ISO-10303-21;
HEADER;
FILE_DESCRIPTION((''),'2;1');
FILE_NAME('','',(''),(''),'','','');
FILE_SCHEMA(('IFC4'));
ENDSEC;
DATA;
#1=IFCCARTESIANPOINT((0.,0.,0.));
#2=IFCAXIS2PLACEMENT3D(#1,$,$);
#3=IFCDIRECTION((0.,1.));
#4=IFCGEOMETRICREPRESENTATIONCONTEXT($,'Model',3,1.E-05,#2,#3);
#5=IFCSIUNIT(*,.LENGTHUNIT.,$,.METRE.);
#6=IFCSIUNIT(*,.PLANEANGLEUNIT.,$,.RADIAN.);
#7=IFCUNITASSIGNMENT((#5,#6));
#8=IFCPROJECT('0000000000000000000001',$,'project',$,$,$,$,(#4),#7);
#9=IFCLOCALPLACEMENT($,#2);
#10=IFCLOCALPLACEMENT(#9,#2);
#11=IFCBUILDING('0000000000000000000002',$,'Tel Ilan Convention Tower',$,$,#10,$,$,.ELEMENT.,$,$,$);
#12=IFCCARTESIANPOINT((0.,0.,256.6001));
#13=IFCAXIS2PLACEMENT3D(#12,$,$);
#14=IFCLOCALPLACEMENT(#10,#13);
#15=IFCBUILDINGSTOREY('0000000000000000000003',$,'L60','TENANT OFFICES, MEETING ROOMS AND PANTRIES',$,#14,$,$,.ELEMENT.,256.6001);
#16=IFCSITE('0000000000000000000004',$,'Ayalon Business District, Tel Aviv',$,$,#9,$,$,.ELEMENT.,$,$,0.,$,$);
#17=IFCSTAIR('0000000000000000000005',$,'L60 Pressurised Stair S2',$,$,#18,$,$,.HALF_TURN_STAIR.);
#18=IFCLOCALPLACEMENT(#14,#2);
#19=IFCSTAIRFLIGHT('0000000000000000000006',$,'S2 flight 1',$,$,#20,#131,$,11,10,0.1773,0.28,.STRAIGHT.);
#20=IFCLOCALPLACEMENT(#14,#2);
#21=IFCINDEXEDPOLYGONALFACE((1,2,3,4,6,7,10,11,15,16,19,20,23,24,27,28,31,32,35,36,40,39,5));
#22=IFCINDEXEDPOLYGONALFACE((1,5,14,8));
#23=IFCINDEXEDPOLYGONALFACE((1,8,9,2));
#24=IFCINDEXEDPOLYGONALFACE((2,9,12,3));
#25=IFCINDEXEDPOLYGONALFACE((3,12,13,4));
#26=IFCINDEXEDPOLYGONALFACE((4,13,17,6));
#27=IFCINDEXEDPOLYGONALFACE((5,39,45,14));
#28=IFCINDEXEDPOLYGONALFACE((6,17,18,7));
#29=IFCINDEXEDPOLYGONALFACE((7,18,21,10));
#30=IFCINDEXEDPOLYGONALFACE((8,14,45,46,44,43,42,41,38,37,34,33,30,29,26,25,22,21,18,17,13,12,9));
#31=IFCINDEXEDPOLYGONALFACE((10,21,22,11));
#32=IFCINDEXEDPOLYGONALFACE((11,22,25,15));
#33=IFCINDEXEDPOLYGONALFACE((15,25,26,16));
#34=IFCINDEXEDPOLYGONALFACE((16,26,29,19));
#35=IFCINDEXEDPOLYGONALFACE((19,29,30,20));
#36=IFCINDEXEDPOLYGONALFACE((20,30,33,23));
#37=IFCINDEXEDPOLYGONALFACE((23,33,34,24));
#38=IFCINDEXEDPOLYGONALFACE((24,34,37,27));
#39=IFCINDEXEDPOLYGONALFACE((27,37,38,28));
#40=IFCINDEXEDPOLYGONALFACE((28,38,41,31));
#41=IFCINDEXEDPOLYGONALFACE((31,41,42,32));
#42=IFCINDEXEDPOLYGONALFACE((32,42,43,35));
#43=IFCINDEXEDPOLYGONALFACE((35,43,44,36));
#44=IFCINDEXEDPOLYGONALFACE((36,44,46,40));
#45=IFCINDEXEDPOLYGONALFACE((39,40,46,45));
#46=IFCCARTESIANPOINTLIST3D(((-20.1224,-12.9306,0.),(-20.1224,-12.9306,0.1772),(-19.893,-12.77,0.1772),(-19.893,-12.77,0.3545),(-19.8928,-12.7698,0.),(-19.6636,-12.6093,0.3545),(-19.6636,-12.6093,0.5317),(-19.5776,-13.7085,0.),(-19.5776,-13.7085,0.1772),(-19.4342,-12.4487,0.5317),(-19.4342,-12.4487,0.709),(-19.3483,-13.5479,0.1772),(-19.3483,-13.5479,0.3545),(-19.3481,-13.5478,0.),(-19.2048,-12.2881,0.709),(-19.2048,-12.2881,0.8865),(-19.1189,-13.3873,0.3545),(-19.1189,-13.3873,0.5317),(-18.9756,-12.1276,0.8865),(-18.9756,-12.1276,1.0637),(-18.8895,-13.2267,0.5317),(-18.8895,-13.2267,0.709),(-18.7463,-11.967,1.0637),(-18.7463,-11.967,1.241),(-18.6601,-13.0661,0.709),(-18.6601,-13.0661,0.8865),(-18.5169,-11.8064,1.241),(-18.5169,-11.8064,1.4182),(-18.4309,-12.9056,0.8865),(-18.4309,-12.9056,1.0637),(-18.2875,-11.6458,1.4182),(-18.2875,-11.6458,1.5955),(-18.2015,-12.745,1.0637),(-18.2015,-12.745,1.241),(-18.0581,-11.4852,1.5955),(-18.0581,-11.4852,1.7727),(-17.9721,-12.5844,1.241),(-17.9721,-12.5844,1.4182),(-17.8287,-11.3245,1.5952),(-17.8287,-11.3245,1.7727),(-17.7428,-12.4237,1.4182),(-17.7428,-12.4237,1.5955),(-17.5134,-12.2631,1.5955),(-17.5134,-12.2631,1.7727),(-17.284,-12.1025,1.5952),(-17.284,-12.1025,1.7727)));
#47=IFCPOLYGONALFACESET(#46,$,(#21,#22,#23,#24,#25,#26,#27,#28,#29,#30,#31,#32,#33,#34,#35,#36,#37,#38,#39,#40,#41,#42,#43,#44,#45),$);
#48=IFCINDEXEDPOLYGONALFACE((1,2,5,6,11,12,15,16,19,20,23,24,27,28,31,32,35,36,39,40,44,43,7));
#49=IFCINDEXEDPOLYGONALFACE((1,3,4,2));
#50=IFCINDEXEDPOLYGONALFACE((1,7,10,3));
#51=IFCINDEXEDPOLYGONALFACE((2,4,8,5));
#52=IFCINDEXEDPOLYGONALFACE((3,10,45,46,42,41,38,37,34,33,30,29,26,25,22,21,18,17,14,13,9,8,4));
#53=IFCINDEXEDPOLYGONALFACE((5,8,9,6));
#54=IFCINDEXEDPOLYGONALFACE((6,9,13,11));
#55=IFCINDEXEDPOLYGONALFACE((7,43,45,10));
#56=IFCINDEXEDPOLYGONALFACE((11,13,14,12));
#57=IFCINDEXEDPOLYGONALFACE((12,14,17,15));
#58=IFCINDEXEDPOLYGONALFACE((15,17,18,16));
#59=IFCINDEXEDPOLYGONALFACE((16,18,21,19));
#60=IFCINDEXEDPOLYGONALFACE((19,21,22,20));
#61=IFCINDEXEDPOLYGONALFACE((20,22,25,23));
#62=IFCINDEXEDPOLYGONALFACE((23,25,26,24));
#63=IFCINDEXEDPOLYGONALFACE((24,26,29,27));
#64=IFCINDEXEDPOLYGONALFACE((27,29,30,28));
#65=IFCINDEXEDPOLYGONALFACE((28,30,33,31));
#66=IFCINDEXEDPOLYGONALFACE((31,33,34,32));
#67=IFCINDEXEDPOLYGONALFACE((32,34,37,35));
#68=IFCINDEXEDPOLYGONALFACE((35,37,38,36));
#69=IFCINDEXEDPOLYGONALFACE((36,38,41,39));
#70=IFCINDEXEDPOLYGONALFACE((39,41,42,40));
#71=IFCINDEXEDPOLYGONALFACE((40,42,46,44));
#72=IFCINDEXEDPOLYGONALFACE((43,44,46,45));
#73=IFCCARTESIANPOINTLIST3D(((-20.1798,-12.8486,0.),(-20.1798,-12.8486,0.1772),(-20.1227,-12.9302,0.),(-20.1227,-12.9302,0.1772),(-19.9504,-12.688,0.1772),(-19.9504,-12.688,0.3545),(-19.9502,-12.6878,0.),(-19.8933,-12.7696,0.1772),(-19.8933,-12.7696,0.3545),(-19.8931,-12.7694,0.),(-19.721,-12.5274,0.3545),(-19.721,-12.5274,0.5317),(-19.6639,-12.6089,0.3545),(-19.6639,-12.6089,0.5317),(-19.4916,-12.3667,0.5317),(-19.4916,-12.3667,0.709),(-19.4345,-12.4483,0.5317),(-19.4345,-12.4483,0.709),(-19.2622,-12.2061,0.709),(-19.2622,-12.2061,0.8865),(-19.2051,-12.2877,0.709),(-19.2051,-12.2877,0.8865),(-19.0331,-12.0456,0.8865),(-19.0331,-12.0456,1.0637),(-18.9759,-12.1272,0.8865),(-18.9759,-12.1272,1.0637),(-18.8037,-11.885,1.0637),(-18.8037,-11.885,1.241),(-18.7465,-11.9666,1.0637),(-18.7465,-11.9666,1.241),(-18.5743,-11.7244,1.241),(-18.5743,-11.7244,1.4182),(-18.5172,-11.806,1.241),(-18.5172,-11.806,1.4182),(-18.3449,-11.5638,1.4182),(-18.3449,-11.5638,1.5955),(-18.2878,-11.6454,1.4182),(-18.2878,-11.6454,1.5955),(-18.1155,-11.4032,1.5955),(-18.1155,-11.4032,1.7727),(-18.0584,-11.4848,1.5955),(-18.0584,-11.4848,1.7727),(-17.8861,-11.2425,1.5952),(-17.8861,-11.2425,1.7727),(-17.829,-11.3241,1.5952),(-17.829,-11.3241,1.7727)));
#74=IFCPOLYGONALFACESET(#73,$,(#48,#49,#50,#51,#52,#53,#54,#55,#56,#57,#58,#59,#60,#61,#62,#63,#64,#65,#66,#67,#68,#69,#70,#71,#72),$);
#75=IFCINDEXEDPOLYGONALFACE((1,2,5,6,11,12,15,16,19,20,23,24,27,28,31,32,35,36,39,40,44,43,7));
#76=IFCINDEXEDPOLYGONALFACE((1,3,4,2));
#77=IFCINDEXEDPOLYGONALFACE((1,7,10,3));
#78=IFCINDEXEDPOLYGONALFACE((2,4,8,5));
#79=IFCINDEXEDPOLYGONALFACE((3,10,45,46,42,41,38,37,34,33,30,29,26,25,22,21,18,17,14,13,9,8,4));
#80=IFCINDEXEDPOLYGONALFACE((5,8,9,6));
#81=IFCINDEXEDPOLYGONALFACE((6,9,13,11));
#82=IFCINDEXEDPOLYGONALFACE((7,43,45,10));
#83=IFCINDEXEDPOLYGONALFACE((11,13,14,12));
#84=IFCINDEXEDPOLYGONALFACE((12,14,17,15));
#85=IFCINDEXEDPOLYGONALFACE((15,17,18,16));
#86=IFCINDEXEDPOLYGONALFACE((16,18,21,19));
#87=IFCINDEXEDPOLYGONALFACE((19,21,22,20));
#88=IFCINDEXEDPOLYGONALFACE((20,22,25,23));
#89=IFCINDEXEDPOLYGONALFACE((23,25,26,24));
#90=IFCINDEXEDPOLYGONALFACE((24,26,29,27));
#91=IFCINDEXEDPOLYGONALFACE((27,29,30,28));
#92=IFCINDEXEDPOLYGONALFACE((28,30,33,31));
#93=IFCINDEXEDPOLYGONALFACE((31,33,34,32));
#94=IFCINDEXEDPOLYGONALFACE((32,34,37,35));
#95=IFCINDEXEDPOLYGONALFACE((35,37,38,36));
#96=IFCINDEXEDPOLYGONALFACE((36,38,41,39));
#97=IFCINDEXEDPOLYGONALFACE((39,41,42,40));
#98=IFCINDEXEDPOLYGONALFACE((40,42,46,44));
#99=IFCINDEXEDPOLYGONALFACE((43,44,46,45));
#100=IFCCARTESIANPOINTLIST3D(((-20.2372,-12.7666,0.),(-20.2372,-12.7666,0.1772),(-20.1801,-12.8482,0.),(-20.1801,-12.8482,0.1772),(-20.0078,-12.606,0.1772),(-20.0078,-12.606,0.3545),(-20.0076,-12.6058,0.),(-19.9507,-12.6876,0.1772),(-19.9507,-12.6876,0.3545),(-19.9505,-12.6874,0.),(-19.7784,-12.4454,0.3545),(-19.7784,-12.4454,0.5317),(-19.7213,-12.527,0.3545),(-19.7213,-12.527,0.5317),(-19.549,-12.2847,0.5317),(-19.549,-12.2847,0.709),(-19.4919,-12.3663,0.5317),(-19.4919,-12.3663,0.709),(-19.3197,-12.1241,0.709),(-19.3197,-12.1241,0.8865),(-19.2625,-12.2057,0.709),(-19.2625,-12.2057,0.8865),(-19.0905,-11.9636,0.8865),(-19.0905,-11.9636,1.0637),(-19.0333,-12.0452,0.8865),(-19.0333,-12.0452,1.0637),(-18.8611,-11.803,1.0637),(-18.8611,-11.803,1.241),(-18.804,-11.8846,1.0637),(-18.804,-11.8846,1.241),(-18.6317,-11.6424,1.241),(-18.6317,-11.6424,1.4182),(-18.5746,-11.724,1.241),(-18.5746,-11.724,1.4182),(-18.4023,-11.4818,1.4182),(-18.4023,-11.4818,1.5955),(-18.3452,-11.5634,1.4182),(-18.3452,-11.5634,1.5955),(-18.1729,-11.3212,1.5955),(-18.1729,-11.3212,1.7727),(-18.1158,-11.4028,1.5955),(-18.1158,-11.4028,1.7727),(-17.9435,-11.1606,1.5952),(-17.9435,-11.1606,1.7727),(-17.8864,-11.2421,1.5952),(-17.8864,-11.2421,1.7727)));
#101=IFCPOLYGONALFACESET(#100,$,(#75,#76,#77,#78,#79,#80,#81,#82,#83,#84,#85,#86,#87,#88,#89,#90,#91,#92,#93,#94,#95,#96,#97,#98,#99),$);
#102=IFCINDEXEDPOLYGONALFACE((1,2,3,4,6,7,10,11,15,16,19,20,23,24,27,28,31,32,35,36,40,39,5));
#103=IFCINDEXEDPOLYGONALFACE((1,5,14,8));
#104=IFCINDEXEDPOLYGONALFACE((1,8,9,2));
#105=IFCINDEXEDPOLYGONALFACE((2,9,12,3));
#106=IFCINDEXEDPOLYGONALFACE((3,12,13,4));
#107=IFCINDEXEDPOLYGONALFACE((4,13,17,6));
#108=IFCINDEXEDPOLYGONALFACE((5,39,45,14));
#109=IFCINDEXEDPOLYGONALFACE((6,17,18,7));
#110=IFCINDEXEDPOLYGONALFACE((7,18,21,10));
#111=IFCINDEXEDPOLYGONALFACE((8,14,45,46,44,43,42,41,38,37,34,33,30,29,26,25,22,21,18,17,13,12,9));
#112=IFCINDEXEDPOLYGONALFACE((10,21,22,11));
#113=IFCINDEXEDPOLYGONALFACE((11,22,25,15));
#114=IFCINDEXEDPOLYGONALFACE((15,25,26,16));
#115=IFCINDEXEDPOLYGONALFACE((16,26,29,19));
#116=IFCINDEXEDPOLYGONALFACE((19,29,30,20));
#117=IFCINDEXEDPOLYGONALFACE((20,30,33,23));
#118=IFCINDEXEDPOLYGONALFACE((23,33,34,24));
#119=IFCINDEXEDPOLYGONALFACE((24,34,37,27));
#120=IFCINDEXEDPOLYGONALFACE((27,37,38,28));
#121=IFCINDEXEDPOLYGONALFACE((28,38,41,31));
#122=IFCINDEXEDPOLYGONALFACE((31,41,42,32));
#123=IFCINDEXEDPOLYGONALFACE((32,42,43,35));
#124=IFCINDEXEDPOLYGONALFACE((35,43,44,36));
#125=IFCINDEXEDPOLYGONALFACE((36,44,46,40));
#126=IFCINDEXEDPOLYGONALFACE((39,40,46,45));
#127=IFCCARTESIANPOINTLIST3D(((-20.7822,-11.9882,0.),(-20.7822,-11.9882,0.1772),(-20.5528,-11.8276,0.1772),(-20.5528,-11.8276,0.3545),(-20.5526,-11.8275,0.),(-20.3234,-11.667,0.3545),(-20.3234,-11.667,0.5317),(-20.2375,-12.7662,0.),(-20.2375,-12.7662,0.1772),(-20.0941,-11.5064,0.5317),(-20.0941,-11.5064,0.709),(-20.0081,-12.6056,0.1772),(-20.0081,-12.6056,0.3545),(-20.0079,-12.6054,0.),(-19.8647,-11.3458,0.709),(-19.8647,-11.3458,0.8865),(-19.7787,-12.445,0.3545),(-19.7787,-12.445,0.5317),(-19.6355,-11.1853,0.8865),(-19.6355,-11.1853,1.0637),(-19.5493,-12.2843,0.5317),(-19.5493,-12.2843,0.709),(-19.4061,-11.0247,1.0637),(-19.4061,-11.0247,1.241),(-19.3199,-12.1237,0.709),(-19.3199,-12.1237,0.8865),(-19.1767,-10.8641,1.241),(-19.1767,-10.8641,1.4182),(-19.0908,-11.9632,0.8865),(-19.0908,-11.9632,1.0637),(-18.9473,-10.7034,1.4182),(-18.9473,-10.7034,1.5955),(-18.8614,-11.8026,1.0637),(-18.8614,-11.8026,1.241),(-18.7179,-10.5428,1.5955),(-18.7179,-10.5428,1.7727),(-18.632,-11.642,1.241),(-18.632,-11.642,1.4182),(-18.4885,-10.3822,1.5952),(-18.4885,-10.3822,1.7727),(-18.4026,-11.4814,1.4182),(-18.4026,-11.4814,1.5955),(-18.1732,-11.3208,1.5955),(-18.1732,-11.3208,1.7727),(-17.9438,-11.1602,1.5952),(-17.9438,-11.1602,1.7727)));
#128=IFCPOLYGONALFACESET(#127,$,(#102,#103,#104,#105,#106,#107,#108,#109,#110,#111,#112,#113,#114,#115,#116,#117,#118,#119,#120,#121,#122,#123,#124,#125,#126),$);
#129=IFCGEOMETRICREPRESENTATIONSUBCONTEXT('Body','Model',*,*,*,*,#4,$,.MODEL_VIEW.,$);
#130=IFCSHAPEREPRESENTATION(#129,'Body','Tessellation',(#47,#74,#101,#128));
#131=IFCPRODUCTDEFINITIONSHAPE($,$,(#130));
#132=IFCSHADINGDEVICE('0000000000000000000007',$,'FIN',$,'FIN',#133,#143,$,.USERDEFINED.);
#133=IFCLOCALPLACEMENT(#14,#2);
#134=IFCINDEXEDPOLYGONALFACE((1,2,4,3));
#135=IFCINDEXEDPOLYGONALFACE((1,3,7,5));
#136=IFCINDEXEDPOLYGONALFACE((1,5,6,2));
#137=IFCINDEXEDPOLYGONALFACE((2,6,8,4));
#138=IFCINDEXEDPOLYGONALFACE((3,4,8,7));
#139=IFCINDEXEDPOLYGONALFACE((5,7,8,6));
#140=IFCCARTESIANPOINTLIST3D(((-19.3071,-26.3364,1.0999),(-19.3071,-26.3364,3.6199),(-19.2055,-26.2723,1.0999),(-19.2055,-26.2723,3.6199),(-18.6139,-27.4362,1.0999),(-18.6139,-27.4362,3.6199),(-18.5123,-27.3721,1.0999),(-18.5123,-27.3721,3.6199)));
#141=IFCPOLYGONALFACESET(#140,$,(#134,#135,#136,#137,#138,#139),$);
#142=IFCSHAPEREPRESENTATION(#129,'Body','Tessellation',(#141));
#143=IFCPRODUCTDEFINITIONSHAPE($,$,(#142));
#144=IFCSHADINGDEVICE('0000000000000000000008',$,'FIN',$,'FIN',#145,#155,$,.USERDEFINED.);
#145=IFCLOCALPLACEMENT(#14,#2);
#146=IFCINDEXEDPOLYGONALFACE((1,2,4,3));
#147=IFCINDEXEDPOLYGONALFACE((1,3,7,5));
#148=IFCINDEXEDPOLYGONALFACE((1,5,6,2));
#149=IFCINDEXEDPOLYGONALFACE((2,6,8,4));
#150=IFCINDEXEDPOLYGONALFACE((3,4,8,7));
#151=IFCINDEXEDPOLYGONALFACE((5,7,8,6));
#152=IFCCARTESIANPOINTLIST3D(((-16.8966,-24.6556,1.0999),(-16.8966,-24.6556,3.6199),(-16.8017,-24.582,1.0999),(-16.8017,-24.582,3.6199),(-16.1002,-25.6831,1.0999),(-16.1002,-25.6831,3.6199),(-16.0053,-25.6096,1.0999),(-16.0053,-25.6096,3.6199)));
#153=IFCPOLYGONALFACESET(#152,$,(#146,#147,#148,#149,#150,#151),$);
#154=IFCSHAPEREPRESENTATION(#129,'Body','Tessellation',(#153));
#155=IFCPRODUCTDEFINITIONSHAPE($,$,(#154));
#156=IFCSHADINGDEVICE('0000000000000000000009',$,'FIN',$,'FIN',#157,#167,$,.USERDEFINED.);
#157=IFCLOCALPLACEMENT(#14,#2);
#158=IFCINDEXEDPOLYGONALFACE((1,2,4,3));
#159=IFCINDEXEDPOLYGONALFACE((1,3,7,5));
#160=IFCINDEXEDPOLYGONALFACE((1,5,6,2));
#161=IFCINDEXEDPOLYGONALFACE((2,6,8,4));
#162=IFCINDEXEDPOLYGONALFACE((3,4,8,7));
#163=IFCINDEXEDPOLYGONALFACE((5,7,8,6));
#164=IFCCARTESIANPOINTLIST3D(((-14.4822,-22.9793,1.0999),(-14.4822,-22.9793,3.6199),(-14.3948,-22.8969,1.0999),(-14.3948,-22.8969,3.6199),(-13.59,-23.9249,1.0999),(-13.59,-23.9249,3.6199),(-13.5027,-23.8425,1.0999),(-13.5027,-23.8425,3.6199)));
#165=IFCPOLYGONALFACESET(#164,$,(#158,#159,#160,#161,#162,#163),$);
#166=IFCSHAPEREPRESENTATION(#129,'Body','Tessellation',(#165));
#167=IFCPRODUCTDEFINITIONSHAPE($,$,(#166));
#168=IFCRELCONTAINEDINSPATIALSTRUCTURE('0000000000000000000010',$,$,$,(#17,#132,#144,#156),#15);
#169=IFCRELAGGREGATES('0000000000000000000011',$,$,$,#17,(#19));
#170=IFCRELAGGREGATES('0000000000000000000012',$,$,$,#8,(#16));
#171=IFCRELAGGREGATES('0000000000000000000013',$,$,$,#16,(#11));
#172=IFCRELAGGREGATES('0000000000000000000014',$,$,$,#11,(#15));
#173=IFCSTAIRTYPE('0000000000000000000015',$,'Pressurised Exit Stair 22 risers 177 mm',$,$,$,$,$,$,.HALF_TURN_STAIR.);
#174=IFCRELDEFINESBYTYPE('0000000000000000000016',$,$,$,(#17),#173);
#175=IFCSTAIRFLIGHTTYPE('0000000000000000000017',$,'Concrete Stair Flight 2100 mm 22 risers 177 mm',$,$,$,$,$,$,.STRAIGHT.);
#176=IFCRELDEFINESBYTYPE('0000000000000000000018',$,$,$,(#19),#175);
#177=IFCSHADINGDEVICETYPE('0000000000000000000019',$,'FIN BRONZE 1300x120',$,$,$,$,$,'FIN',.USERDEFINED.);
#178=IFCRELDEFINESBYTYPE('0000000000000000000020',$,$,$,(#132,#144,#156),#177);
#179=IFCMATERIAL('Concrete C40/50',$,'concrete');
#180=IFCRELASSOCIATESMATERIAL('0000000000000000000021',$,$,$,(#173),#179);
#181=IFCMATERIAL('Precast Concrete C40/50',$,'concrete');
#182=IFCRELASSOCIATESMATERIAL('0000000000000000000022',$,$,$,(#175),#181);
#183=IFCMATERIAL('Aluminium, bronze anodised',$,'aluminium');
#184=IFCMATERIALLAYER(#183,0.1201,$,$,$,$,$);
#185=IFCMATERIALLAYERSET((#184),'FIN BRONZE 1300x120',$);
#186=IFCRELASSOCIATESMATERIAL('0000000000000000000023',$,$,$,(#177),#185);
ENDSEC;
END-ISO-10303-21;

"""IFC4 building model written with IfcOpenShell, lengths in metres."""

from ifc_helpers import new_model, si_unit, direction, frame, origin, origin_2d, place, context, subcontext, project, spatial, polyline, rectangle, outline, extrude, material, layer, layer_set, type_object, element, aggregate, save


model = new_model("IFC4")

# Units and contexts
model_context = context("Model", 3, precision=1e-05, world=origin(), true_north=direction((0.0, 1.0)))
body_context = subcontext(model_context, "Body", "Model", "MODEL_VIEW")
ifc_project = project(units=[si_unit("LENGTHUNIT", "METRE"), si_unit("PLANEANGLEUNIT", "RADIAN")], contexts=[model_context])

# Site, building, storey
site_placement = place(None, origin())
site = spatial("IfcSite", under=ifc_project, at=site_placement, Name="Ayalon Business District, Tel Aviv", CompositionType="ELEMENT", RefElevation=0.0)
building_placement = place(site_placement, origin())
building = spatial("IfcBuilding", under=site, at=building_placement, Name="Tel Ilan Convention Tower", CompositionType="ELEMENT")
storey_placement = place(building_placement, frame((0.0, 0.0, 256.6001)))
storey = spatial("IfcBuildingStorey", under=building, at=storey_placement, Name="L60", Description="TENANT OFFICES, MEETING ROOMS AND PANTRIES", CompositionType="ELEMENT", Elevation=256.6001)

# Stair, stair flight
ifc_material_1 = material(Name="Concrete C40/50", Category="concrete")
stair_type = type_object("IfcStairType", Name="Pressurised Exit Stair 22 risers 177 mm", PredefinedType="HALF_TURN_STAIR", material=ifc_material_1)
stair_placement = place(storey_placement, origin())
stair = element("IfcStair", 1, at=stair_placement, inside=storey, type_object=stair_type, Name="L60 Pressurised Stair S2", PredefinedType="HALF_TURN_STAIR")
ifc_material_2 = material(Name="Precast Concrete C40/50", Category="concrete")
stair_flight_type = type_object("IfcStairFlightType", Name="Concrete Stair Flight 2100 mm 22 risers 177 mm", PredefinedType="STRAIGHT", material=ifc_material_2)
stair_flight_placement = place(storey_placement, frame((-20.1799, -12.8484, 0.0), z_axis=(0.0, 0.0, 1.0), x_axis=(0.819152, 0.573576, 0.0)))
stair_flight = element("IfcStairFlight", 2, at=stair_flight_placement, type_object=stair_flight_type, Name="S2 flight 1", NumberOfRisers=11, NumberOfTreads=10, PredefinedType="STRAIGHT", RiserHeight=0.1773, TreadLength=0.28, context=body_context, shape_type="SweptSolid", body=[
    extrude(outline(polyline([(0.0, 0.0), (0.0, 0.1772), (0.28, 0.1772), (0.28, 0.3545), (0.5601, 0.3545), (0.5601, 0.5317), (0.8401, 0.5317), (0.8401, 0.709), (1.1201, 0.709), (1.1201, 0.8865), (1.3999, 0.8865), (1.3999, 1.0637), (1.6799, 1.0637), (1.6799, 1.241), (1.96, 1.241), (1.96, 1.4182), (2.24, 1.4182), (2.24, 1.5955), (2.52, 1.5955), (2.52, 1.7727), (2.8, 1.7727), (2.8, 1.95), (2.8, 1.5952), (0.2803, 0.0), (0.0, 0.0)])), frame((0.0, -0.1003, 0.0), z_axis=(0.0, -1.0, 0.0), x_axis=(1.0, 0.0, 0.0)), (0.0, 0.0, 1.0), 0.9497),
    extrude(outline(polyline([(0.0, 0.0), (0.0, 0.1772), (0.28, 0.1772), (0.28, 0.3545), (0.5601, 0.3545), (0.5601, 0.5317), (0.8401, 0.5317), (0.8401, 0.709), (1.1201, 0.709), (1.1201, 0.8865), (1.3999, 0.8865), (1.3999, 1.0637), (1.6799, 1.0637), (1.6799, 1.241), (1.96, 1.241), (1.96, 1.4182), (2.24, 1.4182), (2.24, 1.5955), (2.52, 1.5955), (2.52, 1.7727), (2.8, 1.7727), (2.8, 1.95), (2.8, 1.5952), (0.2803, 0.0), (0.0, 0.0)])), frame((0.0, -0.0002, 0.0), z_axis=(0.0, -1.0, 0.0), x_axis=(1.0, 0.0, 0.0)), (0.0, 0.0, 1.0), 0.0996),
    extrude(outline(polyline([(0.0, 0.0), (0.0, 0.1772), (0.28, 0.1772), (0.28, 0.3545), (0.5601, 0.3545), (0.5601, 0.5317), (0.8401, 0.5317), (0.8401, 0.709), (1.1201, 0.709), (1.1201, 0.8865), (1.3999, 0.8865), (1.3999, 1.0637), (1.6799, 1.0637), (1.6799, 1.241), (1.96, 1.241), (1.96, 1.4182), (2.24, 1.4182), (2.24, 1.5955), (2.52, 1.5955), (2.52, 1.7727), (2.8, 1.7727), (2.8, 1.95), (2.8, 1.5952), (0.2803, 0.0), (0.0, 0.0)])), frame((0.0, 0.0999, 0.0), z_axis=(0.0, -1.0, 0.0), x_axis=(1.0, 0.0, 0.0)), (0.0, 0.0, 1.0), 0.0996),
    extrude(outline(polyline([(0.0, 0.0), (0.0, 0.1772), (0.28, 0.1772), (0.28, 0.3545), (0.5601, 0.3545), (0.5601, 0.5317), (0.8401, 0.5317), (0.8401, 0.709), (1.1201, 0.709), (1.1201, 0.8865), (1.3999, 0.8865), (1.3999, 1.0637), (1.6799, 1.0637), (1.6799, 1.241), (1.96, 1.241), (1.96, 1.4182), (2.24, 1.4182), (2.24, 1.5955), (2.52, 1.5955), (2.52, 1.7727), (2.8, 1.7727), (2.8, 1.95), (2.8, 1.5952), (0.2803, 0.0), (0.0, 0.0)])), frame((0.0, 1.05, 0.0), z_axis=(0.0, -1.0, 0.0), x_axis=(1.0, 0.0, 0.0)), (0.0, 0.0, 1.0), 0.9497),
])
aggregate(stair, [stair_flight])

# Shading devices
ifc_material_3 = material(Name="Aluminium, bronze anodised", Category="aluminium")
ifc_layer_1 = layer(ifc_material_3, 0.1201)
ifc_layer_set_1 = layer_set([ifc_layer_1], Name="FIN BRONZE 1300x120")
shading_device_type = type_object("IfcShadingDeviceType", Name="FIN BRONZE 1300x120", ElementType="FIN", PredefinedType="USERDEFINED", material=ifc_layer_set_1)
for number, where, z_axis, x_axis, name in (
    (3, (-18.9097, -26.8542, 1.0999), (0.0, 0.0, 1.0), (0.533204, -0.845986, 0.0), "FIN"),
    (4, (-16.4509, -25.1326, 1.0999), (0.0, 0.0, 1.0), (0.612601, -0.790393, 0.0), "FIN"),
    (5, (-13.9924, -23.4109, 1.0999), (0.0, 0.0, 1.0), (0.686242, -0.727374, 0.0), "FIN"),
):
    element("IfcShadingDevice", number, at=place(storey_placement, frame(where, z_axis=z_axis, x_axis=x_axis)), inside=storey, type_object=shading_device_type, Name=name, ObjectType="FIN", PredefinedType="USERDEFINED", context=body_context, shape_type="SweptSolid", body=[
        extrude(rectangle(XDim=1.3, YDim=0.1201, at=origin_2d()), origin(), (0.0, 0.0, 1.0), 2.52),
    ])

save(model, "model.ifc")
